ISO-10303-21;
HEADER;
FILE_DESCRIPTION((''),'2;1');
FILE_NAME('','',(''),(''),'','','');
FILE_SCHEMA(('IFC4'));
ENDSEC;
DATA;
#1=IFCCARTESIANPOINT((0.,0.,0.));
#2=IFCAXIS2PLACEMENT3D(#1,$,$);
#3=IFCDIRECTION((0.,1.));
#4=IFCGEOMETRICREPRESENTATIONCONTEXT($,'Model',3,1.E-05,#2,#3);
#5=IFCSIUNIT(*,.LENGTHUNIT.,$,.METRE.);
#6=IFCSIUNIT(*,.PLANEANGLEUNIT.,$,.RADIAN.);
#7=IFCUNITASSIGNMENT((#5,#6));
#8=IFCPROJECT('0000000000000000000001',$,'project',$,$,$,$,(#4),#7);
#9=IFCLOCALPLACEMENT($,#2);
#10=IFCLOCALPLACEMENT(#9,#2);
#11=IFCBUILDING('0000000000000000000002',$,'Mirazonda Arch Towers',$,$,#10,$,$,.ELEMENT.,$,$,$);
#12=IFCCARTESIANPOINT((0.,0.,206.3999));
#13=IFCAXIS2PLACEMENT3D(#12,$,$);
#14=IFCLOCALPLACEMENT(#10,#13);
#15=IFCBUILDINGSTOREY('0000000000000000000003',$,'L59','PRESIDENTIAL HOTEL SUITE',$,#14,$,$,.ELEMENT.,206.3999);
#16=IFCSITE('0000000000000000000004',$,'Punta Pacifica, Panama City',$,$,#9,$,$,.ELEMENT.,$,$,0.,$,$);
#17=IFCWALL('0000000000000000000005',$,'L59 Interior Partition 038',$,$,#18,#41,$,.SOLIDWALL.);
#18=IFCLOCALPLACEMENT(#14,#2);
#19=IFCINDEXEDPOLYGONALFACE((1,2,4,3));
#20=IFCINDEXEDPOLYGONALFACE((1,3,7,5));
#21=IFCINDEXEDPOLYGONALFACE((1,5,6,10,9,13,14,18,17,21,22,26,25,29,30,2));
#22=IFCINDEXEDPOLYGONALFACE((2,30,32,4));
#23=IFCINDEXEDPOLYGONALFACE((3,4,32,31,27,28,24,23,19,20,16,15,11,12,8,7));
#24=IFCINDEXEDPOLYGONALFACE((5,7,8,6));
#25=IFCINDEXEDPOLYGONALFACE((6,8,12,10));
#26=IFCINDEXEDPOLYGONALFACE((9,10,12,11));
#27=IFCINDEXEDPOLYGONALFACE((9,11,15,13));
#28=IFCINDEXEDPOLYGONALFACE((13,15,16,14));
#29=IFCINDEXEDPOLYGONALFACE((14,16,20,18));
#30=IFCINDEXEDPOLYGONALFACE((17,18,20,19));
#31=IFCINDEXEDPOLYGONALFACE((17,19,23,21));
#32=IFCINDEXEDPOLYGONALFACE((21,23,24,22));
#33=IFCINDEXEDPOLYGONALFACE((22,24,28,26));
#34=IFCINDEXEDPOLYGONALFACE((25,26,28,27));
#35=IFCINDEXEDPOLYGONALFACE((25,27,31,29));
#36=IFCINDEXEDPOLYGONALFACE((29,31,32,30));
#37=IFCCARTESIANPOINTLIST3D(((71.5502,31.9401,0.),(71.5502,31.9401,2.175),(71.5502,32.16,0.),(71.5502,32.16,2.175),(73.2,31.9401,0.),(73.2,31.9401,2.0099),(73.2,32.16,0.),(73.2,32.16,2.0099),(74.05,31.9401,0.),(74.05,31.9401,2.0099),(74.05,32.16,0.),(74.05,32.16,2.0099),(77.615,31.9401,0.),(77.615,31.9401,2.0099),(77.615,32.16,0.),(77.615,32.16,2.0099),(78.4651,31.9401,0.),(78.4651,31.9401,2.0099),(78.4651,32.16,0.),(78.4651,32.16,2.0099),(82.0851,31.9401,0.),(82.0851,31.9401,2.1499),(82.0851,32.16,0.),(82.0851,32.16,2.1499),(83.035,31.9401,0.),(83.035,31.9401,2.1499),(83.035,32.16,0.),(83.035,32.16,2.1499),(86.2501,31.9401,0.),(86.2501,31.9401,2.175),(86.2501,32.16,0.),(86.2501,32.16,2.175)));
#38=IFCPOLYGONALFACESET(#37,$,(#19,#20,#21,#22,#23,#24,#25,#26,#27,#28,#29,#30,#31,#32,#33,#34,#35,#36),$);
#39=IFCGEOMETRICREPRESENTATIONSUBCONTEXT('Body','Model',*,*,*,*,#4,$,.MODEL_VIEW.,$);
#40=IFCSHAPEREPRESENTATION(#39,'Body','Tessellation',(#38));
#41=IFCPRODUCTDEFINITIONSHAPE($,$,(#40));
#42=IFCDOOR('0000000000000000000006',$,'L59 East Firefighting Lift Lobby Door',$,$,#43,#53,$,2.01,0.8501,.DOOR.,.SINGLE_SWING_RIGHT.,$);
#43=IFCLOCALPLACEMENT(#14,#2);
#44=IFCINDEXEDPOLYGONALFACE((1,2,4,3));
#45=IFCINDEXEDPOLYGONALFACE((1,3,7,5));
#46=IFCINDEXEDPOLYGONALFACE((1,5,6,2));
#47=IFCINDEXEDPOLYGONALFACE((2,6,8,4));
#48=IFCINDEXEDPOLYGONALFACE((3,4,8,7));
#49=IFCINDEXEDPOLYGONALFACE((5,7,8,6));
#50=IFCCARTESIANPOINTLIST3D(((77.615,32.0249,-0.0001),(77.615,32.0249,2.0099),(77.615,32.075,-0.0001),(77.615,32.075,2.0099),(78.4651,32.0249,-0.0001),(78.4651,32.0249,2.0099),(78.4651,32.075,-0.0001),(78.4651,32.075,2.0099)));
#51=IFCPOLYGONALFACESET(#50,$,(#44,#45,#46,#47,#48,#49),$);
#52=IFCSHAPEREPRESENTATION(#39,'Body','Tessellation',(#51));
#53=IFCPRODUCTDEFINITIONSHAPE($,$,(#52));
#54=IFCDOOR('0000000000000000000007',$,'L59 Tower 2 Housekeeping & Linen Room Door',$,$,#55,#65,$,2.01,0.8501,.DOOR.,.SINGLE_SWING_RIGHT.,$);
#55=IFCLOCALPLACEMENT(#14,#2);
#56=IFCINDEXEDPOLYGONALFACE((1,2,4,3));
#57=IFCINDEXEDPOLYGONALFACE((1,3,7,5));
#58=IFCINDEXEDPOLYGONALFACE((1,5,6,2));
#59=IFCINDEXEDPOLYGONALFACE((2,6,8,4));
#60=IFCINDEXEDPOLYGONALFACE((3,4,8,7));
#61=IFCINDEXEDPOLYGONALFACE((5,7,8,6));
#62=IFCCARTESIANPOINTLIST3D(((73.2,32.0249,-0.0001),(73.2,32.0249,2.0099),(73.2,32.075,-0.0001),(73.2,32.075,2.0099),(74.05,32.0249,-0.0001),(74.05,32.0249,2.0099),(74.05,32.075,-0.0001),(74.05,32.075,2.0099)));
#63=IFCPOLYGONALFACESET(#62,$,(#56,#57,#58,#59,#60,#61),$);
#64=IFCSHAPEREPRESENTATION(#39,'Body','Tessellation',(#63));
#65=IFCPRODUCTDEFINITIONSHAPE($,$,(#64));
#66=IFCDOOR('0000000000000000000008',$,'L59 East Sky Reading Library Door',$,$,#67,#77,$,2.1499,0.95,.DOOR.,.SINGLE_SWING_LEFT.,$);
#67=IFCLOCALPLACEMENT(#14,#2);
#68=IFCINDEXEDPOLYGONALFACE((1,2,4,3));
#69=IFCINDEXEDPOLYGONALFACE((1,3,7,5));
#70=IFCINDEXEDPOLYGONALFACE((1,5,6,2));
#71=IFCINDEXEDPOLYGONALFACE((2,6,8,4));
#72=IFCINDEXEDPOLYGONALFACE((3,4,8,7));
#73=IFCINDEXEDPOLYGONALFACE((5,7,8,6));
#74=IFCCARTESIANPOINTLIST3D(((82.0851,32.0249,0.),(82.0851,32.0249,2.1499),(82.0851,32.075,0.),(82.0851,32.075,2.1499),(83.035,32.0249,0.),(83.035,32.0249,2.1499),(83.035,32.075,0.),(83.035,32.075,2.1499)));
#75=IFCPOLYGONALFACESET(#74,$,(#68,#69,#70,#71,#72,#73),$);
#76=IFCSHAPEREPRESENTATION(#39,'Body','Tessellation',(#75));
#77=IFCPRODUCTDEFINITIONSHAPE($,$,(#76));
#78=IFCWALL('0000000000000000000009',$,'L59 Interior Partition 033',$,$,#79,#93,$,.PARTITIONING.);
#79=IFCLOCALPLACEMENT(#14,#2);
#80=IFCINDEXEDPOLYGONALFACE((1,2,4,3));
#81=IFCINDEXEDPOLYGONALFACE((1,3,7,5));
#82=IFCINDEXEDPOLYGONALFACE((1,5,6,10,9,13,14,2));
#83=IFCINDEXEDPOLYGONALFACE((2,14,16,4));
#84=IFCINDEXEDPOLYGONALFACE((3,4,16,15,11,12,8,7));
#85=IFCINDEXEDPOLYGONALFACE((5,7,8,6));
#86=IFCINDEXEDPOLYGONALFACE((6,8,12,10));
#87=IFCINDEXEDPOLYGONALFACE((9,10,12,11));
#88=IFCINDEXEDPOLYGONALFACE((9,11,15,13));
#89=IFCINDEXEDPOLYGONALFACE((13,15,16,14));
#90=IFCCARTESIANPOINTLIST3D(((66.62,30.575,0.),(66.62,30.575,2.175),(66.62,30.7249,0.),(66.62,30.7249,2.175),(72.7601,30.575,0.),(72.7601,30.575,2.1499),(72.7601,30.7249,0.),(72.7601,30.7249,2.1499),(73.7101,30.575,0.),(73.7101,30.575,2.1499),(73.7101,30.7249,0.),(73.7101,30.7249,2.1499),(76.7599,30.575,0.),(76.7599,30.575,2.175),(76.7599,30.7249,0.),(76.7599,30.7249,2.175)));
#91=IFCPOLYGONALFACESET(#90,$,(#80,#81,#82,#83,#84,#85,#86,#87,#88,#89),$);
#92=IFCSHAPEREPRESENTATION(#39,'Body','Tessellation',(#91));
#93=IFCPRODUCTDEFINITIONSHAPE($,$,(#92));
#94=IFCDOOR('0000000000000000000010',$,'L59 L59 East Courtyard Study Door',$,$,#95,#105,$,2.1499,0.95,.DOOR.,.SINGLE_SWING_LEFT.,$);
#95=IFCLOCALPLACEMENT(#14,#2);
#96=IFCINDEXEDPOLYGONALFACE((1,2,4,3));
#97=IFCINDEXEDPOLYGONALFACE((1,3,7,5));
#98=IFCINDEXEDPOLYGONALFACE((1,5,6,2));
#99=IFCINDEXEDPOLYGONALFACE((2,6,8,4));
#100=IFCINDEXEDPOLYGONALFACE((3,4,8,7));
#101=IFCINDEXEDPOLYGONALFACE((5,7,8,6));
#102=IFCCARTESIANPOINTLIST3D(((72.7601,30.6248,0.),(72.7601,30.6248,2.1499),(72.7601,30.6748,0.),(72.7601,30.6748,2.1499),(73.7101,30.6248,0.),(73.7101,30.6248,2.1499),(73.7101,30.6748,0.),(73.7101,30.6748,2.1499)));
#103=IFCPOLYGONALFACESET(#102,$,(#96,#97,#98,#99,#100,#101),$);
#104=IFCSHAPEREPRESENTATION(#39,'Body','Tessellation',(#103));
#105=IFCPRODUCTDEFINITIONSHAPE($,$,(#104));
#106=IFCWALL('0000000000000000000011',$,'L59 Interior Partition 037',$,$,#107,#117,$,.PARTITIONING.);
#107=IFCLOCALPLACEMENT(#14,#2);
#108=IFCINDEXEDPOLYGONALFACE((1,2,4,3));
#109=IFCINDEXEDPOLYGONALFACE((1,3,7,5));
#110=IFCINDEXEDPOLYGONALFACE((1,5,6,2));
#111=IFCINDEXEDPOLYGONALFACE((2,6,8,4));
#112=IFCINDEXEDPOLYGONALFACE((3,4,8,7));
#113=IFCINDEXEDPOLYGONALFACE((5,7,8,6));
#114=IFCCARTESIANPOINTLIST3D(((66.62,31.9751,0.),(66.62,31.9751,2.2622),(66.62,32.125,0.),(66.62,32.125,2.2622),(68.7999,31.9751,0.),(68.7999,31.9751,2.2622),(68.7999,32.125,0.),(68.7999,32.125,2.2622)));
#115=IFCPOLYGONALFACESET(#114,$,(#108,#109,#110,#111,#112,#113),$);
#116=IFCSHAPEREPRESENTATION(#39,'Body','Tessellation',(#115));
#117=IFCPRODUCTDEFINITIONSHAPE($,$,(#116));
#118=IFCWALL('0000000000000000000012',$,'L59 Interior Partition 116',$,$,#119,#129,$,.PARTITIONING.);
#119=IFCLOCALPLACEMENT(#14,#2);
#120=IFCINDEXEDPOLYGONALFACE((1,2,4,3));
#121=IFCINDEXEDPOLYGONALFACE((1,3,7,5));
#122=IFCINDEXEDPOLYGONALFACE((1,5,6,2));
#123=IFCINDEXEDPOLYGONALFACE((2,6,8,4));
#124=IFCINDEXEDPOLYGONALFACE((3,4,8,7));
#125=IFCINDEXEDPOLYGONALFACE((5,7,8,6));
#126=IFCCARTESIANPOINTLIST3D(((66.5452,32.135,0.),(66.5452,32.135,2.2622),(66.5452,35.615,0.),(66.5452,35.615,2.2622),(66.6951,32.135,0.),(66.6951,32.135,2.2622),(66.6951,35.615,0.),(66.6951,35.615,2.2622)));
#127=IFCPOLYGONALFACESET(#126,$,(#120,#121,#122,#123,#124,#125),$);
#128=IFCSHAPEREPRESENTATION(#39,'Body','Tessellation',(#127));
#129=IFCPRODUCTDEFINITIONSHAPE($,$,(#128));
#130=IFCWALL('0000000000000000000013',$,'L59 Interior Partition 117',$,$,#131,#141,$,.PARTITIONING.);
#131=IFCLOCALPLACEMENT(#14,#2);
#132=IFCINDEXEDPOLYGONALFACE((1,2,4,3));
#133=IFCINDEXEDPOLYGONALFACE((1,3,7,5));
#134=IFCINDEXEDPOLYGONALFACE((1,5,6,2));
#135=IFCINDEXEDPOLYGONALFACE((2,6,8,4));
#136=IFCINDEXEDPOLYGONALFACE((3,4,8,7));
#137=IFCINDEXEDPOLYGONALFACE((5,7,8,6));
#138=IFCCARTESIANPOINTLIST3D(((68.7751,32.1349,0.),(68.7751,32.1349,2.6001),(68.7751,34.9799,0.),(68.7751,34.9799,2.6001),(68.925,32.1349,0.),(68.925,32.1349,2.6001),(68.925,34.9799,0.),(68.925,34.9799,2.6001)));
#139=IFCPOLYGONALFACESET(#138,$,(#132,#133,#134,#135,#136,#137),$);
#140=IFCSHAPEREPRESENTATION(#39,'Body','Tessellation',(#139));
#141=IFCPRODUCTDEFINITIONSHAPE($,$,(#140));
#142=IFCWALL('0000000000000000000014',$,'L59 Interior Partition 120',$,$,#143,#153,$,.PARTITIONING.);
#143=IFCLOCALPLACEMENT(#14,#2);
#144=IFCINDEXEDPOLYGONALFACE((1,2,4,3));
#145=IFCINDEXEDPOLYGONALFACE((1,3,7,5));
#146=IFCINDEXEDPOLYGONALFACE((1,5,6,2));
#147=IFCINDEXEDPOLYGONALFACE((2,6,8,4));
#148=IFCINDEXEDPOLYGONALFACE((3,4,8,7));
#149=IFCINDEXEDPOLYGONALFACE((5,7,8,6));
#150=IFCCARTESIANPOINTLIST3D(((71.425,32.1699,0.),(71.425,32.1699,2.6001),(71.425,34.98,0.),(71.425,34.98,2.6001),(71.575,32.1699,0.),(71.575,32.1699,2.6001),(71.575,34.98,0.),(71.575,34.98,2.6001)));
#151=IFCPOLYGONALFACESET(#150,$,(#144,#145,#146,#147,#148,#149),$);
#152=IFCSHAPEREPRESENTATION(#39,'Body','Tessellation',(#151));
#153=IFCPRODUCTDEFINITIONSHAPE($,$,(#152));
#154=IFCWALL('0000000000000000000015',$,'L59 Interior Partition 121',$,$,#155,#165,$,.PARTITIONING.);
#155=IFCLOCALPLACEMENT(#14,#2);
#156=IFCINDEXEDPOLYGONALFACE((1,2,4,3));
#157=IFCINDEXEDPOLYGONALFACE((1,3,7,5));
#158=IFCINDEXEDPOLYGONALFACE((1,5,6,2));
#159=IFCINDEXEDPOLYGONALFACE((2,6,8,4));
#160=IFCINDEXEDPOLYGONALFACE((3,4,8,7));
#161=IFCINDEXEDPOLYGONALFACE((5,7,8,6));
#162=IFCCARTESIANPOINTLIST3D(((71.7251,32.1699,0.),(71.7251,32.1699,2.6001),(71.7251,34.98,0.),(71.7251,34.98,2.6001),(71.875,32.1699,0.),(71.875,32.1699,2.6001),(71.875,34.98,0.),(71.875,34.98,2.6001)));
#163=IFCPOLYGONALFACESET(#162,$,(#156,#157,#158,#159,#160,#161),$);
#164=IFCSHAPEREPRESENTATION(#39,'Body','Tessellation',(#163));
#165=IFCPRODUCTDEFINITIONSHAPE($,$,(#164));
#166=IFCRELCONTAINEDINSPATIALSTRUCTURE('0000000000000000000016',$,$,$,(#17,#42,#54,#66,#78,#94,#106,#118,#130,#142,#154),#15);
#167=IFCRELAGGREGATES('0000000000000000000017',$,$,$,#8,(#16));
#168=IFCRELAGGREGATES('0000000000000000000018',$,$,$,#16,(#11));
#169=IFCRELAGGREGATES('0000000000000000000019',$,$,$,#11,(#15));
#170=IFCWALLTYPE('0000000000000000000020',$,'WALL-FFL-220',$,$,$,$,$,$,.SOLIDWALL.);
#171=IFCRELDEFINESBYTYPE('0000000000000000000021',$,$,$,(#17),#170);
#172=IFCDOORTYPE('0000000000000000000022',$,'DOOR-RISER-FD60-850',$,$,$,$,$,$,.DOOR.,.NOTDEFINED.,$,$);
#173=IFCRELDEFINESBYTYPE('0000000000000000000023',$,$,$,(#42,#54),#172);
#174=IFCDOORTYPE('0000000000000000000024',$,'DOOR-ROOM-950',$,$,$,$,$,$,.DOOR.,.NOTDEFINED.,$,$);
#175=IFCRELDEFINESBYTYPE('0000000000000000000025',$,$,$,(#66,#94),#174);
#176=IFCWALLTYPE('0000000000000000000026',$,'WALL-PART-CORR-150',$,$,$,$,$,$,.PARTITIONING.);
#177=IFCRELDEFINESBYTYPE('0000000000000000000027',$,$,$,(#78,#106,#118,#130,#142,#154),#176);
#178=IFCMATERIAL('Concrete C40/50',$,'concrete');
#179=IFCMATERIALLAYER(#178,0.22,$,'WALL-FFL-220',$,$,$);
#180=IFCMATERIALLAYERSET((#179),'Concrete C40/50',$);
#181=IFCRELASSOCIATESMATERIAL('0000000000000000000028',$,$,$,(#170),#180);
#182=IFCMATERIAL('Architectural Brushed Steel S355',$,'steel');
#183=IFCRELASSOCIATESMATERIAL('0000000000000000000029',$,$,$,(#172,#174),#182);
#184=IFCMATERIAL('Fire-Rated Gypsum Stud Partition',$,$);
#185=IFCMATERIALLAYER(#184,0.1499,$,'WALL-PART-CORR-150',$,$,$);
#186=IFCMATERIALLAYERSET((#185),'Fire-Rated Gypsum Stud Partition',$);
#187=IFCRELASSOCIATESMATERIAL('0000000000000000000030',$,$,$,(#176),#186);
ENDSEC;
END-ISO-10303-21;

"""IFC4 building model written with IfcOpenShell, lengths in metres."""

from ifc_helpers import new_model, si_unit, direction, frame, frame_2d, origin, place, context, subcontext, project, spatial, rectangle, extrude, material, layer, layer_set, type_object, element, fill, save


model = new_model("IFC4")

# Units and contexts
model_context = context("Model", 3, precision=1e-05, world=origin(), true_north=direction((0.0, 1.0)))
body_context = subcontext(model_context, "Body", "Model", "MODEL_VIEW")
ifc_project = project(units=[si_unit("LENGTHUNIT", "METRE"), si_unit("PLANEANGLEUNIT", "RADIAN")], contexts=[model_context])

# Site, building, storey
site_placement = place(None, origin())
site = spatial("IfcSite", under=ifc_project, at=site_placement, Name="Punta Pacifica, Panama City", CompositionType="ELEMENT", RefElevation=0.0)
building_placement = place(site_placement, origin())
building = spatial("IfcBuilding", under=site, at=building_placement, Name="Mirazonda Arch Towers", CompositionType="ELEMENT")
storey_placement = place(building_placement, frame((0.0, 0.0, 206.3999)))
storey = spatial("IfcBuildingStorey", under=building, at=storey_placement, Name="L59", Description="PRESIDENTIAL HOTEL SUITE", CompositionType="ELEMENT", Elevation=206.3999)

# Wall, openings, doors
ifc_material_1 = material(Name="Architectural Brushed Steel S355", Category="steel")
ifc_material_2 = material(Name="Concrete C40/50", Category="concrete")
ifc_layer_1 = layer(ifc_material_2, 0.22, Name="WALL-FFL-220")
ifc_layer_set_1 = layer_set([ifc_layer_1], Name="Concrete C40/50")
wall_type_1 = type_object("IfcWallType", Name="WALL-FFL-220", PredefinedType="SOLIDWALL", material=ifc_layer_set_1)
wall_1_placement = place(storey_placement, frame((71.55, 32.05, 0.0), z_axis=(0.0, 0.0, 1.0), x_axis=(1.0, 0.0, 0.0)))
wall_1 = element("IfcWall", 1, at=wall_1_placement, inside=storey, type_object=wall_type_1, Name="L59 Interior Partition 038", PredefinedType="SOLIDWALL", context=body_context, shape_type="SweptSolid", body=[
    extrude(rectangle(XDim=14.7, YDim=0.22, at=frame_2d((7.3501, 0.0))), origin(), (0.0, 0.0, 1.0), 2.175),
])
opening_1_placement = place(wall_1_placement, frame((6.0649, 0.0, 0.0)))
opening_1 = element("IfcOpeningElement", 2, at=opening_1_placement, cuts=wall_1, PredefinedType="OPENING", context=body_context, shape_type="SweptSolid", body=[
    extrude(rectangle(XDim=0.8501, YDim=2.01, at=frame_2d((0.425, 1.0049))), frame((0.0, 0.1199, 0.0), z_axis=(0.0, -1.0, 0.0), x_axis=(1.0, 0.0, 0.0)), (0.0, 0.0, 1.0), 0.24),
])
opening_2_placement = place(wall_1_placement, frame((10.5349, 0.0, 0.0)))
opening_2 = element("IfcOpeningElement", 3, at=opening_2_placement, cuts=wall_1, PredefinedType="OPENING", context=body_context, shape_type="SweptSolid", body=[
    extrude(rectangle(XDim=0.95, YDim=2.1499, at=frame_2d((0.4751, 1.075))), frame((0.0, 0.1199, 0.0), z_axis=(0.0, -1.0, 0.0), x_axis=(1.0, 0.0, 0.0)), (0.0, 0.0, 1.0), 0.24),
])
opening_3_placement = place(wall_1_placement, frame((1.6499, 0.0, 0.0)))
opening_3 = element("IfcOpeningElement", 4, at=opening_3_placement, cuts=wall_1, PredefinedType="OPENING", context=body_context, shape_type="SweptSolid", body=[
    extrude(rectangle(XDim=0.8501, YDim=2.01, at=frame_2d((0.425, 1.0049))), frame((0.0, 0.1199, 0.0), z_axis=(0.0, -1.0, 0.0), x_axis=(1.0, 0.0, 0.0)), (0.0, 0.0, 1.0), 0.24),
])
door_type_1 = type_object("IfcDoorType", Name="DOOR-RISER-FD60-850", OperationType="NOTDEFINED", PredefinedType="DOOR", material=ifc_material_1)
door_1_placement = place(opening_1_placement, origin())
door_1 = element("IfcDoor", 5, at=door_1_placement, inside=storey, type_object=door_type_1, Name="L59 East Firefighting Lift Lobby Door", OperationType="SINGLE_SWING_RIGHT", OverallHeight=2.01, OverallWidth=0.8501, PredefinedType="DOOR", context=body_context, shape_type="SweptSolid", body=[
    extrude(rectangle(XDim=0.8501, YDim=2.01, at=frame_2d((0.425, 1.0049))), frame((0.0, 0.0249, 0.0), z_axis=(0.0, -1.0, 0.0), x_axis=(1.0, 0.0, 0.0)), (0.0, 0.0, 1.0), 0.05),
])
fill(opening_1, door_1)
door_2_placement = place(opening_3_placement, origin())
door_2 = element("IfcDoor", 6, at=door_2_placement, inside=storey, type_object=door_type_1, Name="L59 Tower 2 Housekeeping & Linen Room Door", OperationType="SINGLE_SWING_RIGHT", OverallHeight=2.01, OverallWidth=0.8501, PredefinedType="DOOR", context=body_context, shape_type="SweptSolid", body=[
    extrude(rectangle(XDim=0.8501, YDim=2.01, at=frame_2d((0.425, 1.0049))), frame((0.0, 0.0249, 0.0), z_axis=(0.0, -1.0, 0.0), x_axis=(1.0, 0.0, 0.0)), (0.0, 0.0, 1.0), 0.05),
])
fill(opening_3, door_2)
door_type_2 = type_object("IfcDoorType", Name="DOOR-ROOM-950", OperationType="NOTDEFINED", PredefinedType="DOOR", material=ifc_material_1)
door_3_placement = place(opening_2_placement, origin())
door_3 = element("IfcDoor", 7, at=door_3_placement, inside=storey, type_object=door_type_2, Name="L59 East Sky Reading Library Door", OperationType="SINGLE_SWING_LEFT", OverallHeight=2.1499, OverallWidth=0.95, PredefinedType="DOOR", context=body_context, shape_type="SweptSolid", body=[
    extrude(rectangle(XDim=0.95, YDim=2.1499, at=frame_2d((0.4751, 1.075))), frame((0.0, 0.0249, 0.0), z_axis=(0.0, -1.0, 0.0), x_axis=(1.0, 0.0, 0.0)), (0.0, 0.0, 1.0), 0.05),
])
fill(opening_2, door_3)

# Wall, opening, door
ifc_material_3 = material(Name="Fire-Rated Gypsum Stud Partition")
ifc_layer_2 = layer(ifc_material_3, 0.1499, Name="WALL-PART-CORR-150")
ifc_layer_set_2 = layer_set([ifc_layer_2], Name="Fire-Rated Gypsum Stud Partition")
wall_type_2 = type_object("IfcWallType", Name="WALL-PART-CORR-150", PredefinedType="PARTITIONING", material=ifc_layer_set_2)
wall_2_placement = place(storey_placement, frame((66.6201, 30.6499, 0.0), z_axis=(0.0, 0.0, 1.0), x_axis=(1.0, 0.0, 0.0)))
wall_2 = element("IfcWall", 8, at=wall_2_placement, inside=storey, type_object=wall_type_2, Name="L59 Interior Partition 033", PredefinedType="PARTITIONING", context=body_context, shape_type="SweptSolid", body=[
    extrude(rectangle(XDim=10.1399, YDim=0.1499, at=frame_2d((5.0698, 0.0))), origin(), (0.0, 0.0, 1.0), 2.175),
])
opening_4_placement = place(wall_2_placement, frame((6.1399, 0.0, 0.0)))
opening_4 = element("IfcOpeningElement", 9, at=opening_4_placement, cuts=wall_2, PredefinedType="OPENING", context=body_context, shape_type="SweptSolid", body=[
    extrude(rectangle(XDim=0.95, YDim=2.1499, at=frame_2d((0.4751, 1.075))), frame((0.0, 0.085, 0.0), z_axis=(0.0, -1.0, 0.0), x_axis=(1.0, 0.0, 0.0)), (0.0, 0.0, 1.0), 0.1699),
])
door_4_placement = place(opening_4_placement, origin())
door_4 = element("IfcDoor", 10, at=door_4_placement, inside=storey, type_object=door_type_2, Name="L59 L59 East Courtyard Study Door", OperationType="SINGLE_SWING_LEFT", OverallHeight=2.1499, OverallWidth=0.95, PredefinedType="DOOR", context=body_context, shape_type="SweptSolid", body=[
    extrude(rectangle(XDim=0.95, YDim=2.1499, at=frame_2d((0.4751, 1.075))), frame((0.0, 0.0249, 0.0), z_axis=(0.0, -1.0, 0.0), x_axis=(1.0, 0.0, 0.0)), (0.0, 0.0, 1.0), 0.05),
])
fill(opening_4, door_4)

# Walls
wall_3_placement = place(storey_placement, frame((66.6201, 32.05, 0.0), z_axis=(0.0, 0.0, 1.0), x_axis=(1.0, 0.0, 0.0)))
element("IfcWall", 11, at=wall_3_placement, inside=storey, type_object=wall_type_2, Name="L59 Interior Partition 037", PredefinedType="PARTITIONING", context=body_context, shape_type="SweptSolid", body=[
    extrude(rectangle(XDim=2.1799, YDim=0.1499, at=frame_2d((1.0898, 0.0))), origin(), (0.0, 0.0, 1.0), 2.2622),
])
wall_4_placement = place(storey_placement, frame((66.6201, 32.135, 0.0), z_axis=(0.0, 0.0, 1.0), x_axis=(0.0, 1.0, 0.0)))
element("IfcWall", 12, at=wall_4_placement, inside=storey, type_object=wall_type_2, Name="L59 Interior Partition 116", PredefinedType="PARTITIONING", context=body_context, shape_type="SweptSolid", body=[
    extrude(rectangle(XDim=3.48, YDim=0.1499, at=frame_2d((1.74, 0.0))), origin(), (0.0, 0.0, 1.0), 2.2622),
])
wall_5_placement = place(storey_placement, frame((68.8501, 32.135, 0.0), z_axis=(0.0, 0.0, 1.0), x_axis=(0.0, 1.0, 0.0)))
element("IfcWall", 13, at=wall_5_placement, inside=storey, type_object=wall_type_2, Name="L59 Interior Partition 117", PredefinedType="PARTITIONING", context=body_context, shape_type="SweptSolid", body=[
    extrude(rectangle(XDim=2.845, YDim=0.1499, at=frame_2d((1.4224, 0.0))), origin(), (0.0, 0.0, 1.0), 2.6001),
])
for number, where, z_axis, x_axis, name in (
    (14, (71.5, 32.1699, 0.0), (0.0, 0.0, 1.0), (0.0, 1.0, 0.0), "L59 Interior Partition 120"),
    (15, (71.8, 32.1699, 0.0), (0.0, 0.0, 1.0), (0.0, 1.0, 0.0), "L59 Interior Partition 121"),
):
    element("IfcWall", number, at=place(storey_placement, frame(where, z_axis=z_axis, x_axis=x_axis)), inside=storey, type_object=wall_type_2, Name=name, PredefinedType="PARTITIONING", context=body_context, shape_type="SweptSolid", body=[
        extrude(rectangle(XDim=2.8101, YDim=0.1499, at=frame_2d((1.405, 0.0))), origin(), (0.0, 0.0, 1.0), 2.6001),
    ])

save(model, "model.ifc")
